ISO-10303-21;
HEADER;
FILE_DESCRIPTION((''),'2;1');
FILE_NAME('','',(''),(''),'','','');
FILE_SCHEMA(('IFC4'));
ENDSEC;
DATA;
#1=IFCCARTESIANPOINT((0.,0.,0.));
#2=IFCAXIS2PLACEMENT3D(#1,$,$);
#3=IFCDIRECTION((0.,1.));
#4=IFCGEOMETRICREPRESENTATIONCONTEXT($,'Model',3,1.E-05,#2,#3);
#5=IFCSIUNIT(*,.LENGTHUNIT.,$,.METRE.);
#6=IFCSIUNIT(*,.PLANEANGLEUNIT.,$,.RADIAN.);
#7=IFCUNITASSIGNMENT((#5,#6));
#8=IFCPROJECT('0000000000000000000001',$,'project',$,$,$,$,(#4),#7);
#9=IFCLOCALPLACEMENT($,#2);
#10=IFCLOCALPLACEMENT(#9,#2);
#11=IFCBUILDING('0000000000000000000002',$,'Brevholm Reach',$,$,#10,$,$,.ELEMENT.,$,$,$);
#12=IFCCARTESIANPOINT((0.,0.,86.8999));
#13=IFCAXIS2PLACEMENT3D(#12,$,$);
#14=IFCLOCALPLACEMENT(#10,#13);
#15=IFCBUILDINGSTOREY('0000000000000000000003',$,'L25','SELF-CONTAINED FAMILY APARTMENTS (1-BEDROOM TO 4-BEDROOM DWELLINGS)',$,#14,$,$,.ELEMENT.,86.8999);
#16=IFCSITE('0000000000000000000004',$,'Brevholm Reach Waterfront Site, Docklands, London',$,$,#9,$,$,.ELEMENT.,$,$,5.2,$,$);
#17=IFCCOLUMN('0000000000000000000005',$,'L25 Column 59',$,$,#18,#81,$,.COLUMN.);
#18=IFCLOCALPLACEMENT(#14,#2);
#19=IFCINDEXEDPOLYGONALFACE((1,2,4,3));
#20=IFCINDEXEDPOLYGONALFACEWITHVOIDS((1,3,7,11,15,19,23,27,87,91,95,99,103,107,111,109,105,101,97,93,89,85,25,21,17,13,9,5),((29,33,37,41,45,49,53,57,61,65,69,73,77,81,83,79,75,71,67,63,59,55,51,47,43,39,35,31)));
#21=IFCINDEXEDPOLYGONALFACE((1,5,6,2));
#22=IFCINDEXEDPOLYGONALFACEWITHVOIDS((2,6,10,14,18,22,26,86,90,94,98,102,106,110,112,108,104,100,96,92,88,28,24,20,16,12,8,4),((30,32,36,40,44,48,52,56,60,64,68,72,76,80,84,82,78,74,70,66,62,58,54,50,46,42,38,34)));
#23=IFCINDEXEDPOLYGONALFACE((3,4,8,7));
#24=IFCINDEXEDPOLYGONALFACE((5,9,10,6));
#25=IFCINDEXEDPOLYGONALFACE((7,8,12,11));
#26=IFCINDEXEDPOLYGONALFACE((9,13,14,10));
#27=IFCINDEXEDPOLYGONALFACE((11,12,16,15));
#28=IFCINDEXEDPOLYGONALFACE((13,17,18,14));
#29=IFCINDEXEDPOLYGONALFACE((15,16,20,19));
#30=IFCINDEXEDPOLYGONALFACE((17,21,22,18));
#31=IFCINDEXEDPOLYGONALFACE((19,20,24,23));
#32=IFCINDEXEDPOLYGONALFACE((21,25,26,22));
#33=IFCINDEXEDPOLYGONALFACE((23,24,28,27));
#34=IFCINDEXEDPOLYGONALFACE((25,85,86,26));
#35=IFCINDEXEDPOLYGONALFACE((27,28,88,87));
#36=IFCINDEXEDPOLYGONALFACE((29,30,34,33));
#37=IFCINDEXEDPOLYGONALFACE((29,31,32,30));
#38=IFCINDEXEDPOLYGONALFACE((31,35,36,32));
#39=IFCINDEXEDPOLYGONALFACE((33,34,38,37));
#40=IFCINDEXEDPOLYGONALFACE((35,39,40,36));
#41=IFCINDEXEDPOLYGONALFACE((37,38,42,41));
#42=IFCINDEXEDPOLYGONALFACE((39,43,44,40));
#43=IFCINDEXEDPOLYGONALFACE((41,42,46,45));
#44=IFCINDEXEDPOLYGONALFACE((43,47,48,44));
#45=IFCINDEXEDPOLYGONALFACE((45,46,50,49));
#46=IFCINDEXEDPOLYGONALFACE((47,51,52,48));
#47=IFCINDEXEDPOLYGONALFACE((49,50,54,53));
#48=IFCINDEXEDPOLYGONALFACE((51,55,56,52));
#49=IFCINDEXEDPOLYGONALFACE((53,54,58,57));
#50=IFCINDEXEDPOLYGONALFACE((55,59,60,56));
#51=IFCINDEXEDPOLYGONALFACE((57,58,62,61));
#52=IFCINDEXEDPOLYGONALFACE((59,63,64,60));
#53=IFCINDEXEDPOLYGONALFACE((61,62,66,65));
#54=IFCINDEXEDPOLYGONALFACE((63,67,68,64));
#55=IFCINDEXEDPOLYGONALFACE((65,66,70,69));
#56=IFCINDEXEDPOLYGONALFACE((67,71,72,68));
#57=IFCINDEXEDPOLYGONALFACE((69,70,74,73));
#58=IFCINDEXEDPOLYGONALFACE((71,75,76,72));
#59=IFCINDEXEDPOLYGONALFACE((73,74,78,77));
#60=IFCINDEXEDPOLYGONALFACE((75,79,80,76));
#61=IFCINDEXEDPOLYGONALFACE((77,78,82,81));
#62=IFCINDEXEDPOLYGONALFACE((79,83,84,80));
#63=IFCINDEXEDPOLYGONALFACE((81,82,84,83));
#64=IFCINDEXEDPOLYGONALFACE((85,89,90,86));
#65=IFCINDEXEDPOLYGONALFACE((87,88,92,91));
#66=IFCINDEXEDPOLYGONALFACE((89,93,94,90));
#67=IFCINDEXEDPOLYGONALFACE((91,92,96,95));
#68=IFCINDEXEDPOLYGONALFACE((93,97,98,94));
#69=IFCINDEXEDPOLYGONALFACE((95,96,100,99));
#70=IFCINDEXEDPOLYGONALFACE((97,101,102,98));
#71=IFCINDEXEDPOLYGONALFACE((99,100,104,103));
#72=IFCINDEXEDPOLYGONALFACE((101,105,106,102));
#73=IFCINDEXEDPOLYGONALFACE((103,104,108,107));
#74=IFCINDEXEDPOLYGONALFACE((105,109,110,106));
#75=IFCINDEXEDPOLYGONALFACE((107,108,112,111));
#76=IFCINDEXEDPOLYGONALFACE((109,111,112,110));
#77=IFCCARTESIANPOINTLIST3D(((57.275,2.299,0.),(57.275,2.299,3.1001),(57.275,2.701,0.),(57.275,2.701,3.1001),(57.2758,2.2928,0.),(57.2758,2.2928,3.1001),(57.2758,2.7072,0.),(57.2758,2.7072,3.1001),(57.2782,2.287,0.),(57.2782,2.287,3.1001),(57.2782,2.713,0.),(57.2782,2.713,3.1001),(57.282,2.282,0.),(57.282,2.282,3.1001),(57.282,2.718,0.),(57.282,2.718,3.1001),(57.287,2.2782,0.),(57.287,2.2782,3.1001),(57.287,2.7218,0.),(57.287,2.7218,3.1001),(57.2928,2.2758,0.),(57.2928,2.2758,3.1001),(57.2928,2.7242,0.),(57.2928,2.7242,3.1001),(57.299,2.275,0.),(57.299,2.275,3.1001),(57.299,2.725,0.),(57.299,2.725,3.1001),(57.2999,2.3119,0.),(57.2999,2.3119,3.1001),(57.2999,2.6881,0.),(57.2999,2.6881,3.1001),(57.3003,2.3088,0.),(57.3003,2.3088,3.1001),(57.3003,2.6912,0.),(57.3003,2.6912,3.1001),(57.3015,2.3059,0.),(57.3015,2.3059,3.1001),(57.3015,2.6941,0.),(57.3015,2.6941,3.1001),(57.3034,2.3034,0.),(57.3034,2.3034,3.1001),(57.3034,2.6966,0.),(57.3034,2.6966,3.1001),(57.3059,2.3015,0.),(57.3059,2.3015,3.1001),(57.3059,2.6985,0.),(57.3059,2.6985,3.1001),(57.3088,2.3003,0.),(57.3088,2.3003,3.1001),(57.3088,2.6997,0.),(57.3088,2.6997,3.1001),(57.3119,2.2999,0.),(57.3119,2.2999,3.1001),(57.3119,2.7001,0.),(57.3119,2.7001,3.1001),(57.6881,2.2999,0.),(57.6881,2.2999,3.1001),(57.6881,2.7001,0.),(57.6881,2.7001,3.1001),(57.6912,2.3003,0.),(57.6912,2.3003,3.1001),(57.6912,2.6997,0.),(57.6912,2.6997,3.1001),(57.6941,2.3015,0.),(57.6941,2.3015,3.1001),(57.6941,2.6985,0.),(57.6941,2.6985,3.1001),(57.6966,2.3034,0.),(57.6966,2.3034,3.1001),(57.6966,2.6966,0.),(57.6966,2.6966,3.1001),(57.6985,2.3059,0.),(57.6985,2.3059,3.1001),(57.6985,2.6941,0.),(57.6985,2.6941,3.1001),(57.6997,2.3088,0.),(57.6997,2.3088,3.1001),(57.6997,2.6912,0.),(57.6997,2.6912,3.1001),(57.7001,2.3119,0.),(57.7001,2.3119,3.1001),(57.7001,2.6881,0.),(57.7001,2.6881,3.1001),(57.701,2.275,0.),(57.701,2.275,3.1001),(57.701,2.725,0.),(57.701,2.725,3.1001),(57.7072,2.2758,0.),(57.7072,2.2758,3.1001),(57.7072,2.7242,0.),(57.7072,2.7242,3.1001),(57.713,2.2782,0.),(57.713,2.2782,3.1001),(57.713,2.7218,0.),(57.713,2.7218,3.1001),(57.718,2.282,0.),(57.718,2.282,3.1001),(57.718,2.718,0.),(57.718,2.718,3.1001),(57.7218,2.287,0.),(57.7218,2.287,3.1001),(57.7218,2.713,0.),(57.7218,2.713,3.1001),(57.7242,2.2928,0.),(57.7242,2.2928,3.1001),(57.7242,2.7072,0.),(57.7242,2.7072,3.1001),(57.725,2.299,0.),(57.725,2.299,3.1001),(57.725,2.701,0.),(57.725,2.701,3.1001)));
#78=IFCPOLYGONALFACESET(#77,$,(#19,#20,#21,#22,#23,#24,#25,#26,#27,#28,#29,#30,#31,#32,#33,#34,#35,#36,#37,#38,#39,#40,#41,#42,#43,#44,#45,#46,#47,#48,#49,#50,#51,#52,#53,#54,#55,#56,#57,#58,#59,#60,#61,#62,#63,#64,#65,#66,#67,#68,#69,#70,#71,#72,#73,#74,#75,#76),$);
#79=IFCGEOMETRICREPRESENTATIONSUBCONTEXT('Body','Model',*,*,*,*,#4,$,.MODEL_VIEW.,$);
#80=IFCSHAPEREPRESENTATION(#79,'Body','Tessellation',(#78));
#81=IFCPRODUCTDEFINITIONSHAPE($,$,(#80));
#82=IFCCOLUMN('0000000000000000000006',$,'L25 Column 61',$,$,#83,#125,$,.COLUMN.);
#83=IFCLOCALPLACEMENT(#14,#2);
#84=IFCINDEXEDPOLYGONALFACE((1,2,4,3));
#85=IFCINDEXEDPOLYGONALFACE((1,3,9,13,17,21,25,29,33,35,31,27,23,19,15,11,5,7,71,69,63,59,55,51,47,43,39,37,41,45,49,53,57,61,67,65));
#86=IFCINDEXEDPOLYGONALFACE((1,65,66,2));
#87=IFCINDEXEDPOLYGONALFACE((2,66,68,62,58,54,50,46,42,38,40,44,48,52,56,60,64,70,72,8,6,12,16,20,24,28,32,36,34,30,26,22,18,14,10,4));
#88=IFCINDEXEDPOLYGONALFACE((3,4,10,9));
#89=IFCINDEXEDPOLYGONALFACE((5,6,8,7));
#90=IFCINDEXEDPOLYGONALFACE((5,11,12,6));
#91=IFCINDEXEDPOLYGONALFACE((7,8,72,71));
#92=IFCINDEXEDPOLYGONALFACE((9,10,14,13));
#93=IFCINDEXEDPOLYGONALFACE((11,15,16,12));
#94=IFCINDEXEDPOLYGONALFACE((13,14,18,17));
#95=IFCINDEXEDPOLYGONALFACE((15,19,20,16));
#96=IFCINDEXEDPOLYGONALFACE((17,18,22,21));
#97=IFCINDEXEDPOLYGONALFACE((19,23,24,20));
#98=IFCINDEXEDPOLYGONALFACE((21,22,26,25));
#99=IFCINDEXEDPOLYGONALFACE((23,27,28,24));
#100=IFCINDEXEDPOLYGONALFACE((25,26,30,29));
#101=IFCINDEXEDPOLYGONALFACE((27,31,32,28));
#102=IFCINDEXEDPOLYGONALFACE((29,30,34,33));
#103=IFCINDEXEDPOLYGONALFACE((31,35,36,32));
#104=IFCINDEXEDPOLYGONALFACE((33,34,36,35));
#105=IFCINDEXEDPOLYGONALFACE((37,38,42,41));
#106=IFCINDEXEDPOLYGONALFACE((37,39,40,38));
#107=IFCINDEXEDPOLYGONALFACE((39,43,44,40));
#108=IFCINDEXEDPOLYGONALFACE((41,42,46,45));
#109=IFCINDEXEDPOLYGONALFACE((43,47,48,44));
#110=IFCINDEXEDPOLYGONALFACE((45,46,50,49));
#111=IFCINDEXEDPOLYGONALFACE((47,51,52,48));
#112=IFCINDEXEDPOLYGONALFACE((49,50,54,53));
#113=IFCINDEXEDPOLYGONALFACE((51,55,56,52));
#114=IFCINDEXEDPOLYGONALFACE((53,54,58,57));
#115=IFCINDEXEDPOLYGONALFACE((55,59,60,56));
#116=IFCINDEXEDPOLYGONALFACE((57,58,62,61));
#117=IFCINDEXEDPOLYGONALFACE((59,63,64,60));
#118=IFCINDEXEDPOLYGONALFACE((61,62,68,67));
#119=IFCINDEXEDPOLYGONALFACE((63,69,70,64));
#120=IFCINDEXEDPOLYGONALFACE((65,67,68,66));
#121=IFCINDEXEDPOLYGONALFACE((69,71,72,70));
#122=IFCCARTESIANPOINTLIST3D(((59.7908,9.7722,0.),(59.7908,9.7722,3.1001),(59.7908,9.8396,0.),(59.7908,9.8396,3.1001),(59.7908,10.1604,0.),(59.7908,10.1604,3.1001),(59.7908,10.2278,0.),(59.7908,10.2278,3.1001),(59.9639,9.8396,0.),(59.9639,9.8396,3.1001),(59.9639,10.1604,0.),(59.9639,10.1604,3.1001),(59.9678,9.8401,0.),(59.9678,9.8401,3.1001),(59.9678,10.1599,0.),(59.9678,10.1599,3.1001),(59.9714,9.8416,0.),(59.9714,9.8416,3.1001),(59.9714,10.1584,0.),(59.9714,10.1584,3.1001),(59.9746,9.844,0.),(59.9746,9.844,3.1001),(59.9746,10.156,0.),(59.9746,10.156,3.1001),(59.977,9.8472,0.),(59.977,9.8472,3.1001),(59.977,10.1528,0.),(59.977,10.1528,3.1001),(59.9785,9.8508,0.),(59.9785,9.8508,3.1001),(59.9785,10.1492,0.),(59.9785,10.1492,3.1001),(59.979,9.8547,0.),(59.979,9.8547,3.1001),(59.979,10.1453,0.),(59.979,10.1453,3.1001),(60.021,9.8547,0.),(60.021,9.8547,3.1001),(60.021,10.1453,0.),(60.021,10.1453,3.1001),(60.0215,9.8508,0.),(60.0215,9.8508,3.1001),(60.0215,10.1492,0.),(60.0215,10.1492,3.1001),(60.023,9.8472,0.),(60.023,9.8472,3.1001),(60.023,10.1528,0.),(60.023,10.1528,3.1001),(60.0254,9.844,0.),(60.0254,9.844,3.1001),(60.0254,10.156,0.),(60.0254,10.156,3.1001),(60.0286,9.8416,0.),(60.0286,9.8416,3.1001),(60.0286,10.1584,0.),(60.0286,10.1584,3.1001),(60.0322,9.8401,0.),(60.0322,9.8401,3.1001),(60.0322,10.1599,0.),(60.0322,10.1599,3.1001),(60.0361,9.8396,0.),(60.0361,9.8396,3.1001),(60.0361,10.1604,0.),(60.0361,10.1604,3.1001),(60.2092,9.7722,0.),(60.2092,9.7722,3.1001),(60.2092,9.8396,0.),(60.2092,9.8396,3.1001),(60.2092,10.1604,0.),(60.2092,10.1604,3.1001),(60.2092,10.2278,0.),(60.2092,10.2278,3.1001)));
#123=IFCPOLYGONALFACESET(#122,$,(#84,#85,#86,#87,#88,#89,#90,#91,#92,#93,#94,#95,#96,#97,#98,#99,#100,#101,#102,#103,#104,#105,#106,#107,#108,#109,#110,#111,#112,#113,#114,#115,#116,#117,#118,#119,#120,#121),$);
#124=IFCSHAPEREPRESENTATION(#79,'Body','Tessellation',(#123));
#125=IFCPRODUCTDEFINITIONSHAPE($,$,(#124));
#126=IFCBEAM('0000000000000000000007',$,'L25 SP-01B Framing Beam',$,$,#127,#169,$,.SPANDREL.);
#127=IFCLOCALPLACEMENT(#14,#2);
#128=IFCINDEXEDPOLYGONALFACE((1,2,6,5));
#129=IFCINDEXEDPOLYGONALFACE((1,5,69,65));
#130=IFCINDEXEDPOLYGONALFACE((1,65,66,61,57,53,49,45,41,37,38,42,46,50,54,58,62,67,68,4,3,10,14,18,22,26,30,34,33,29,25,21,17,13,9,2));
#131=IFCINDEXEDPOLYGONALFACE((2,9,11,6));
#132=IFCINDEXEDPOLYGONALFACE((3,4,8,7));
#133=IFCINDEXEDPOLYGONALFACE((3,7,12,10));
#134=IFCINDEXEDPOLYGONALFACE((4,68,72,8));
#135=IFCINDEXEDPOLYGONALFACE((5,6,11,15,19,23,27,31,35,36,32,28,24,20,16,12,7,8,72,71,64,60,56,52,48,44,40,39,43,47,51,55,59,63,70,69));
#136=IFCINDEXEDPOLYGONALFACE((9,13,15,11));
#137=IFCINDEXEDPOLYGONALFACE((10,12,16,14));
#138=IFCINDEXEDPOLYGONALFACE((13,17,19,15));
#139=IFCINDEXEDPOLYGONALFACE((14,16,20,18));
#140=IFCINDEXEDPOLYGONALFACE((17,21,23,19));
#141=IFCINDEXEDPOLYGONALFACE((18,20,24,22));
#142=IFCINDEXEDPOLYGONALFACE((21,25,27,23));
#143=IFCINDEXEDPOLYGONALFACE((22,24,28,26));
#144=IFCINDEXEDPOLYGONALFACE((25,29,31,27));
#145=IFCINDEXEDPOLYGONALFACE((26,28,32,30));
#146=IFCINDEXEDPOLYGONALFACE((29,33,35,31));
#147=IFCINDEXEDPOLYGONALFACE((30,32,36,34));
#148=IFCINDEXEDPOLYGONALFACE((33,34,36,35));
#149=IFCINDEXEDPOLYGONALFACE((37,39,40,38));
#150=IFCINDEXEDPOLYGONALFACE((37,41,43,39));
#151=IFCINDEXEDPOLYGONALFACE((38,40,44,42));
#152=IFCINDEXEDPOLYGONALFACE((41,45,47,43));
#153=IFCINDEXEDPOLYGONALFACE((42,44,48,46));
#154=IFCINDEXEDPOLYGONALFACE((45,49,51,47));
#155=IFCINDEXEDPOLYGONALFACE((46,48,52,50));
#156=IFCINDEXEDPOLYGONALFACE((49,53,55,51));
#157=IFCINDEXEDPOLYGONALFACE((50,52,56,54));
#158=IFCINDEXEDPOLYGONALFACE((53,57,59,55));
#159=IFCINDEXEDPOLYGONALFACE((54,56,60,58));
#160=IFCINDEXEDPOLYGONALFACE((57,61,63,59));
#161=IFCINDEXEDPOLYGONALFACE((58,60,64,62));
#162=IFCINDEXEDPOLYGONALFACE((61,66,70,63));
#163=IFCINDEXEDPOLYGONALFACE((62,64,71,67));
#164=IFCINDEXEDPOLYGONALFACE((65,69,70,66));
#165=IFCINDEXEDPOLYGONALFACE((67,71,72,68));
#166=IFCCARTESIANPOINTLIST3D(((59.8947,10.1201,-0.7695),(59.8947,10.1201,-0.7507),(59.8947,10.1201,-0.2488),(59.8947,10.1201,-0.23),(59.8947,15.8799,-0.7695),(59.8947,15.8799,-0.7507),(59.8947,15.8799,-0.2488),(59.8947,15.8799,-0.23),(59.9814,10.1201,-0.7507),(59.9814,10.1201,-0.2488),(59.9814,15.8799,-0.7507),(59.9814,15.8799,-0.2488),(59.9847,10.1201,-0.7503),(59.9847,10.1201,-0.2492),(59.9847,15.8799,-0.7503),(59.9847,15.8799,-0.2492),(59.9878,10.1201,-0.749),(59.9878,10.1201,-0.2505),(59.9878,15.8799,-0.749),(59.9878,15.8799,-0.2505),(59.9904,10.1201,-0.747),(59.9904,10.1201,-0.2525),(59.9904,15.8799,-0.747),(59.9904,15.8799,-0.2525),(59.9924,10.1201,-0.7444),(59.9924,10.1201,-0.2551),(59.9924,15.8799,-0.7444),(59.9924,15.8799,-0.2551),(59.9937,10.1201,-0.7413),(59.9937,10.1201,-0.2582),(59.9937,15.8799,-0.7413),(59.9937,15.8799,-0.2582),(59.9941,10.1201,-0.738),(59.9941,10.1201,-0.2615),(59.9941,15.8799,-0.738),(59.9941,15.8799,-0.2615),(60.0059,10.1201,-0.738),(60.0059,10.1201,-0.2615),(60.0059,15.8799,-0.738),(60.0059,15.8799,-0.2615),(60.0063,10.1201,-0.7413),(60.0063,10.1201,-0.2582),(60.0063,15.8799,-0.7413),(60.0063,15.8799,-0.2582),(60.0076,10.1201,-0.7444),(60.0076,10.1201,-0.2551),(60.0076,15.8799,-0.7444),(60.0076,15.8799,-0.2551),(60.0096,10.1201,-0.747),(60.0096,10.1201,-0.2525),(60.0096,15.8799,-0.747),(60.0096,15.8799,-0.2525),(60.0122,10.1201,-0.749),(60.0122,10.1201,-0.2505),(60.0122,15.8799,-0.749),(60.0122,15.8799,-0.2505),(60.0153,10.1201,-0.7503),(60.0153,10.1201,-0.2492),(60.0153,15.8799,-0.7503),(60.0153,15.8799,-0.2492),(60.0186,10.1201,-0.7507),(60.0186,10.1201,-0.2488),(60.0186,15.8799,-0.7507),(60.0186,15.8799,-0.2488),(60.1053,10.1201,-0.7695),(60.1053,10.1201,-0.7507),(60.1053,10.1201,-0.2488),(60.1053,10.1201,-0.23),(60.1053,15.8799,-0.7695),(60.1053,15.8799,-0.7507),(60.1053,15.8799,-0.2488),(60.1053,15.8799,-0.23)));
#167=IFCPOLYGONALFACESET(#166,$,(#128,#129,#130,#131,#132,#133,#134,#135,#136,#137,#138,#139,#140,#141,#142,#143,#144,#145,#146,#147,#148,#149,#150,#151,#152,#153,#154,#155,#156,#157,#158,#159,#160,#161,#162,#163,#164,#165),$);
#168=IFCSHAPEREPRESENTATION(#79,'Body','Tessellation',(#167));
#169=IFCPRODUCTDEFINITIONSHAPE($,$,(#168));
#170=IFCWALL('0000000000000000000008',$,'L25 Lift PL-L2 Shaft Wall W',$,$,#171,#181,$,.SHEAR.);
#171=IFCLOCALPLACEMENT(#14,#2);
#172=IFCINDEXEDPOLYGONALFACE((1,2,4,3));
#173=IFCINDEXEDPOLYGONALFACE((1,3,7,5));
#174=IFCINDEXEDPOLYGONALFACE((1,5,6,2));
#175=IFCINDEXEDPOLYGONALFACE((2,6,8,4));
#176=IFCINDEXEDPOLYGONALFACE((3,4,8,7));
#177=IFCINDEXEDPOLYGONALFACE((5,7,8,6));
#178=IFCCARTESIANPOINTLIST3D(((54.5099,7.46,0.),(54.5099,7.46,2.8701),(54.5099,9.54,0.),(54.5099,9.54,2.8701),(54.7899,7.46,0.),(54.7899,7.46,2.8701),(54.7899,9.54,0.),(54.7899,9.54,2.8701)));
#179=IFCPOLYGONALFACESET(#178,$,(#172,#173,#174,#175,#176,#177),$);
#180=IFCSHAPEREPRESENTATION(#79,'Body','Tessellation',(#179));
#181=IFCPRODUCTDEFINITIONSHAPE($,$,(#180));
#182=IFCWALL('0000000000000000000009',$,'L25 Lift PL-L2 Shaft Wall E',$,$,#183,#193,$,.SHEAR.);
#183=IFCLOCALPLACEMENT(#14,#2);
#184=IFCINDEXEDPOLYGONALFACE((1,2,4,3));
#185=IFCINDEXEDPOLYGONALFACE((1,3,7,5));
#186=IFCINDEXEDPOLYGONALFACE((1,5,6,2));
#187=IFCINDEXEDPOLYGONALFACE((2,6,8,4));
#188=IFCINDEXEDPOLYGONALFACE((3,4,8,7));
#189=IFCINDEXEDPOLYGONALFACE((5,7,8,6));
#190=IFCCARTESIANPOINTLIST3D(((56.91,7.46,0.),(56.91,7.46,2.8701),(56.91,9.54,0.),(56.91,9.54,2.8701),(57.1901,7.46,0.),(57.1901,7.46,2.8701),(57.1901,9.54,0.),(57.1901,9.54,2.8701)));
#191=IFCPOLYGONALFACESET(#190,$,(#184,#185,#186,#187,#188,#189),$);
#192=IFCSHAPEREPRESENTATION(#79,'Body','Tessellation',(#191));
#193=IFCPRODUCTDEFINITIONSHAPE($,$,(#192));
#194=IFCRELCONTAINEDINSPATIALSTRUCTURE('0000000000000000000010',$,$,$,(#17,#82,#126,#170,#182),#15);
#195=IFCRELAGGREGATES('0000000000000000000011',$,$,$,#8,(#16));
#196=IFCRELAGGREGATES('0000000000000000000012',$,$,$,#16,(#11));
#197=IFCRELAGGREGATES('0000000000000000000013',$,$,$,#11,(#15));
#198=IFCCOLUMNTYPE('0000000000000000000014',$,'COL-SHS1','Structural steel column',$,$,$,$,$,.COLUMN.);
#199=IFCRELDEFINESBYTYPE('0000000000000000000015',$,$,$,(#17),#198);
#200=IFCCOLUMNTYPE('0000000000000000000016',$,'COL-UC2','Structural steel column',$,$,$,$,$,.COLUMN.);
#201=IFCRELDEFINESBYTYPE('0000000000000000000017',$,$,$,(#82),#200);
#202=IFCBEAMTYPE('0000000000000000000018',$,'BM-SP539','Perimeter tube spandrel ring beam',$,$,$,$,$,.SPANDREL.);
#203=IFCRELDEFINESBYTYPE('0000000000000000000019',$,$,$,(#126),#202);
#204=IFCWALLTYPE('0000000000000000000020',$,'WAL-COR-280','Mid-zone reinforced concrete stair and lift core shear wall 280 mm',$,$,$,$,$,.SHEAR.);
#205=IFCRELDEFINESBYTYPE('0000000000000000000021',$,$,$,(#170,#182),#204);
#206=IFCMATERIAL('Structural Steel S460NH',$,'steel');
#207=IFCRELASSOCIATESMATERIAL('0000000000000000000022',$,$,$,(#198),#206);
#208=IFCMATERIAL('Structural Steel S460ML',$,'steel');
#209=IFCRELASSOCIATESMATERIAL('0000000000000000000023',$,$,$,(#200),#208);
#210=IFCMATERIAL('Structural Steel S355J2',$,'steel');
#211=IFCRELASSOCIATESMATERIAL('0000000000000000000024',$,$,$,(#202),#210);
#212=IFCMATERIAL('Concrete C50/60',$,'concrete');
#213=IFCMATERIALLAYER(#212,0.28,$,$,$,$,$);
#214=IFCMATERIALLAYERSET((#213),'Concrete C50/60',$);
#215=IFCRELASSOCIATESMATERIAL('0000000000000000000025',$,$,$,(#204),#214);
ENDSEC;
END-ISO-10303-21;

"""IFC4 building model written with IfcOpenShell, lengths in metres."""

from ifc_helpers import new_model, si_unit, direction, frame, frame_2d, origin, origin_2d, place, context, subcontext, project, spatial, rectangle, hollow_rectangle, i_section, extrude, material, layer, layer_set, material_profile, profile_set, type_object, element, save


model = new_model("IFC4")

# Units and contexts
model_context = context("Model", 3, precision=1e-05, world=origin(), true_north=direction((0.0, 1.0)))
body_context = subcontext(model_context, "Body", "Model", "MODEL_VIEW")
ifc_project = project(units=[si_unit("LENGTHUNIT", "METRE"), si_unit("PLANEANGLEUNIT", "RADIAN")], contexts=[model_context])

# Site, building, storey
site_placement = place(None, origin())
site = spatial("IfcSite", under=ifc_project, at=site_placement, Name="Brevholm Reach Waterfront Site, Docklands, London", CompositionType="ELEMENT", RefElevation=5.2)
building_placement = place(site_placement, origin())
building = spatial("IfcBuilding", under=site, at=building_placement, Name="Brevholm Reach", CompositionType="ELEMENT")
storey_placement = place(building_placement, frame((0.0, 0.0, 86.8999)))
storey = spatial("IfcBuildingStorey", under=building, at=storey_placement, Name="L25", Description="SELF-CONTAINED FAMILY APARTMENTS (1-BEDROOM TO 4-BEDROOM DWELLINGS)", CompositionType="ELEMENT", Elevation=86.8999)

# Columns
ifc_material_1 = material(Name="Structural Steel S460NH", Category="steel")
ifc_material_profile_1 = material_profile(ifc_material_1, hollow_rectangle(XDim=0.45, YDim=0.45, WallThickness=0.0249, InnerFilletRadius=0.012, OuterFilletRadius=0.0239, at=origin_2d()), Name="SHS 450x450x25")
ifc_profile_set_1 = profile_set([ifc_material_profile_1], Name="Structural Steel S460NH")
column_type_1 = type_object("IfcColumnType", Name="COL-SHS1", Description="Structural steel column", PredefinedType="COLUMN", material=ifc_profile_set_1)
column_1_placement = place(storey_placement, frame((57.5, 2.5, 0.0), z_axis=(0.0, 0.0, 1.0), x_axis=(1.0, 0.0, 0.0)))
element("IfcColumn", 1, at=column_1_placement, inside=storey, type_object=column_type_1, Name="L25 Column 59", PredefinedType="COLUMN", context=body_context, shape_type="SweptSolid", body=[
    extrude(hollow_rectangle(XDim=0.45, YDim=0.45, WallThickness=0.0249, InnerFilletRadius=0.012, OuterFilletRadius=0.0239, at=origin_2d()), origin(), (0.0, 0.0, 1.0), 3.1001),
])
ifc_material_2 = material(Name="Structural Steel S460ML", Category="steel")
ifc_material_profile_2 = material_profile(ifc_material_2, i_section(OverallWidth=0.4185, OverallDepth=0.4556, WebThickness=0.042, FlangeThickness=0.0674, FilletRadius=0.0151, at=origin_2d()), Name="UKC 356x406x551")
ifc_profile_set_2 = profile_set([ifc_material_profile_2], Name="Structural Steel S460ML")
column_type_2 = type_object("IfcColumnType", Name="COL-UC2", Description="Structural steel column", PredefinedType="COLUMN", material=ifc_profile_set_2)
column_2_placement = place(storey_placement, frame((60.0, 10.0, 0.0), z_axis=(0.0, 0.0, 1.0), x_axis=(1.0, 0.0, 0.0)))
element("IfcColumn", 2, at=column_2_placement, inside=storey, type_object=column_type_2, Name="L25 Column 61", PredefinedType="COLUMN", context=body_context, shape_type="SweptSolid", body=[
    extrude(i_section(OverallWidth=0.4185, OverallDepth=0.4556, WebThickness=0.042, FlangeThickness=0.0674, FilletRadius=0.0151, at=origin_2d()), origin(), (0.0, 0.0, 1.0), 3.1001),
])

# Beam
ifc_material_3 = material(Name="Structural Steel S355J2", Category="steel")
ifc_material_profile_3 = material_profile(ifc_material_3, i_section(OverallWidth=0.2107, OverallDepth=0.5396, WebThickness=0.0117, FlangeThickness=0.0188, FilletRadius=0.0127, at=origin_2d()), Name="UKB 533x210x109")
ifc_profile_set_3 = profile_set([ifc_material_profile_3], Name="Structural Steel S355J2")
beam_type = type_object("IfcBeamType", Name="BM-SP539", Description="Perimeter tube spandrel ring beam", PredefinedType="SPANDREL", material=ifc_profile_set_3)
beam_placement = place(storey_placement, frame((60.0, 10.1201, -0.4998), z_axis=(0.0, 1.0, 0.0), x_axis=(-1.0, 0.0, 0.0)))
element("IfcBeam", 3, at=beam_placement, inside=storey, type_object=beam_type, Name="L25 SP-01B Framing Beam", PredefinedType="SPANDREL", context=body_context, shape_type="SweptSolid", body=[
    extrude(i_section(OverallWidth=0.2107, OverallDepth=0.5396, WebThickness=0.0117, FlangeThickness=0.0188, FilletRadius=0.0127, at=origin_2d()), origin(), (0.0, 0.0, 1.0), 5.7598),
])

# Walls
ifc_material_4 = material(Name="Concrete C50/60", Category="concrete")
ifc_layer_1 = layer(ifc_material_4, 0.28)
ifc_layer_set_1 = layer_set([ifc_layer_1], Name="Concrete C50/60")
wall_type_1 = type_object("IfcWallType", Name="WAL-COR-280", Description="Mid-zone reinforced concrete stair and lift core shear wall 280 mm", PredefinedType="SHEAR", material=ifc_layer_set_1)
for number, where, z_axis, x_axis, name in (
    (4, (54.6499, 7.46, 0.0), (0.0, 0.0, 1.0), (0.0, 1.0, 0.0), "L25 Lift PL-L2 Shaft Wall W"),
    (5, (57.05, 7.46, 0.0), (0.0, 0.0, 1.0), (0.0, 1.0, 0.0), "L25 Lift PL-L2 Shaft Wall E"),
):
    element("IfcWall", number, at=place(storey_placement, frame(where, z_axis=z_axis, x_axis=x_axis)), inside=storey, type_object=wall_type_1, Name=name, PredefinedType="SHEAR", context=body_context, shape_type="SweptSolid", body=[
        extrude(rectangle(XDim=2.0801, YDim=0.28, at=frame_2d((1.04, 0.0))), origin(), (0.0, 0.0, 1.0), 2.8701),
    ])

save(model, "model.ifc")
